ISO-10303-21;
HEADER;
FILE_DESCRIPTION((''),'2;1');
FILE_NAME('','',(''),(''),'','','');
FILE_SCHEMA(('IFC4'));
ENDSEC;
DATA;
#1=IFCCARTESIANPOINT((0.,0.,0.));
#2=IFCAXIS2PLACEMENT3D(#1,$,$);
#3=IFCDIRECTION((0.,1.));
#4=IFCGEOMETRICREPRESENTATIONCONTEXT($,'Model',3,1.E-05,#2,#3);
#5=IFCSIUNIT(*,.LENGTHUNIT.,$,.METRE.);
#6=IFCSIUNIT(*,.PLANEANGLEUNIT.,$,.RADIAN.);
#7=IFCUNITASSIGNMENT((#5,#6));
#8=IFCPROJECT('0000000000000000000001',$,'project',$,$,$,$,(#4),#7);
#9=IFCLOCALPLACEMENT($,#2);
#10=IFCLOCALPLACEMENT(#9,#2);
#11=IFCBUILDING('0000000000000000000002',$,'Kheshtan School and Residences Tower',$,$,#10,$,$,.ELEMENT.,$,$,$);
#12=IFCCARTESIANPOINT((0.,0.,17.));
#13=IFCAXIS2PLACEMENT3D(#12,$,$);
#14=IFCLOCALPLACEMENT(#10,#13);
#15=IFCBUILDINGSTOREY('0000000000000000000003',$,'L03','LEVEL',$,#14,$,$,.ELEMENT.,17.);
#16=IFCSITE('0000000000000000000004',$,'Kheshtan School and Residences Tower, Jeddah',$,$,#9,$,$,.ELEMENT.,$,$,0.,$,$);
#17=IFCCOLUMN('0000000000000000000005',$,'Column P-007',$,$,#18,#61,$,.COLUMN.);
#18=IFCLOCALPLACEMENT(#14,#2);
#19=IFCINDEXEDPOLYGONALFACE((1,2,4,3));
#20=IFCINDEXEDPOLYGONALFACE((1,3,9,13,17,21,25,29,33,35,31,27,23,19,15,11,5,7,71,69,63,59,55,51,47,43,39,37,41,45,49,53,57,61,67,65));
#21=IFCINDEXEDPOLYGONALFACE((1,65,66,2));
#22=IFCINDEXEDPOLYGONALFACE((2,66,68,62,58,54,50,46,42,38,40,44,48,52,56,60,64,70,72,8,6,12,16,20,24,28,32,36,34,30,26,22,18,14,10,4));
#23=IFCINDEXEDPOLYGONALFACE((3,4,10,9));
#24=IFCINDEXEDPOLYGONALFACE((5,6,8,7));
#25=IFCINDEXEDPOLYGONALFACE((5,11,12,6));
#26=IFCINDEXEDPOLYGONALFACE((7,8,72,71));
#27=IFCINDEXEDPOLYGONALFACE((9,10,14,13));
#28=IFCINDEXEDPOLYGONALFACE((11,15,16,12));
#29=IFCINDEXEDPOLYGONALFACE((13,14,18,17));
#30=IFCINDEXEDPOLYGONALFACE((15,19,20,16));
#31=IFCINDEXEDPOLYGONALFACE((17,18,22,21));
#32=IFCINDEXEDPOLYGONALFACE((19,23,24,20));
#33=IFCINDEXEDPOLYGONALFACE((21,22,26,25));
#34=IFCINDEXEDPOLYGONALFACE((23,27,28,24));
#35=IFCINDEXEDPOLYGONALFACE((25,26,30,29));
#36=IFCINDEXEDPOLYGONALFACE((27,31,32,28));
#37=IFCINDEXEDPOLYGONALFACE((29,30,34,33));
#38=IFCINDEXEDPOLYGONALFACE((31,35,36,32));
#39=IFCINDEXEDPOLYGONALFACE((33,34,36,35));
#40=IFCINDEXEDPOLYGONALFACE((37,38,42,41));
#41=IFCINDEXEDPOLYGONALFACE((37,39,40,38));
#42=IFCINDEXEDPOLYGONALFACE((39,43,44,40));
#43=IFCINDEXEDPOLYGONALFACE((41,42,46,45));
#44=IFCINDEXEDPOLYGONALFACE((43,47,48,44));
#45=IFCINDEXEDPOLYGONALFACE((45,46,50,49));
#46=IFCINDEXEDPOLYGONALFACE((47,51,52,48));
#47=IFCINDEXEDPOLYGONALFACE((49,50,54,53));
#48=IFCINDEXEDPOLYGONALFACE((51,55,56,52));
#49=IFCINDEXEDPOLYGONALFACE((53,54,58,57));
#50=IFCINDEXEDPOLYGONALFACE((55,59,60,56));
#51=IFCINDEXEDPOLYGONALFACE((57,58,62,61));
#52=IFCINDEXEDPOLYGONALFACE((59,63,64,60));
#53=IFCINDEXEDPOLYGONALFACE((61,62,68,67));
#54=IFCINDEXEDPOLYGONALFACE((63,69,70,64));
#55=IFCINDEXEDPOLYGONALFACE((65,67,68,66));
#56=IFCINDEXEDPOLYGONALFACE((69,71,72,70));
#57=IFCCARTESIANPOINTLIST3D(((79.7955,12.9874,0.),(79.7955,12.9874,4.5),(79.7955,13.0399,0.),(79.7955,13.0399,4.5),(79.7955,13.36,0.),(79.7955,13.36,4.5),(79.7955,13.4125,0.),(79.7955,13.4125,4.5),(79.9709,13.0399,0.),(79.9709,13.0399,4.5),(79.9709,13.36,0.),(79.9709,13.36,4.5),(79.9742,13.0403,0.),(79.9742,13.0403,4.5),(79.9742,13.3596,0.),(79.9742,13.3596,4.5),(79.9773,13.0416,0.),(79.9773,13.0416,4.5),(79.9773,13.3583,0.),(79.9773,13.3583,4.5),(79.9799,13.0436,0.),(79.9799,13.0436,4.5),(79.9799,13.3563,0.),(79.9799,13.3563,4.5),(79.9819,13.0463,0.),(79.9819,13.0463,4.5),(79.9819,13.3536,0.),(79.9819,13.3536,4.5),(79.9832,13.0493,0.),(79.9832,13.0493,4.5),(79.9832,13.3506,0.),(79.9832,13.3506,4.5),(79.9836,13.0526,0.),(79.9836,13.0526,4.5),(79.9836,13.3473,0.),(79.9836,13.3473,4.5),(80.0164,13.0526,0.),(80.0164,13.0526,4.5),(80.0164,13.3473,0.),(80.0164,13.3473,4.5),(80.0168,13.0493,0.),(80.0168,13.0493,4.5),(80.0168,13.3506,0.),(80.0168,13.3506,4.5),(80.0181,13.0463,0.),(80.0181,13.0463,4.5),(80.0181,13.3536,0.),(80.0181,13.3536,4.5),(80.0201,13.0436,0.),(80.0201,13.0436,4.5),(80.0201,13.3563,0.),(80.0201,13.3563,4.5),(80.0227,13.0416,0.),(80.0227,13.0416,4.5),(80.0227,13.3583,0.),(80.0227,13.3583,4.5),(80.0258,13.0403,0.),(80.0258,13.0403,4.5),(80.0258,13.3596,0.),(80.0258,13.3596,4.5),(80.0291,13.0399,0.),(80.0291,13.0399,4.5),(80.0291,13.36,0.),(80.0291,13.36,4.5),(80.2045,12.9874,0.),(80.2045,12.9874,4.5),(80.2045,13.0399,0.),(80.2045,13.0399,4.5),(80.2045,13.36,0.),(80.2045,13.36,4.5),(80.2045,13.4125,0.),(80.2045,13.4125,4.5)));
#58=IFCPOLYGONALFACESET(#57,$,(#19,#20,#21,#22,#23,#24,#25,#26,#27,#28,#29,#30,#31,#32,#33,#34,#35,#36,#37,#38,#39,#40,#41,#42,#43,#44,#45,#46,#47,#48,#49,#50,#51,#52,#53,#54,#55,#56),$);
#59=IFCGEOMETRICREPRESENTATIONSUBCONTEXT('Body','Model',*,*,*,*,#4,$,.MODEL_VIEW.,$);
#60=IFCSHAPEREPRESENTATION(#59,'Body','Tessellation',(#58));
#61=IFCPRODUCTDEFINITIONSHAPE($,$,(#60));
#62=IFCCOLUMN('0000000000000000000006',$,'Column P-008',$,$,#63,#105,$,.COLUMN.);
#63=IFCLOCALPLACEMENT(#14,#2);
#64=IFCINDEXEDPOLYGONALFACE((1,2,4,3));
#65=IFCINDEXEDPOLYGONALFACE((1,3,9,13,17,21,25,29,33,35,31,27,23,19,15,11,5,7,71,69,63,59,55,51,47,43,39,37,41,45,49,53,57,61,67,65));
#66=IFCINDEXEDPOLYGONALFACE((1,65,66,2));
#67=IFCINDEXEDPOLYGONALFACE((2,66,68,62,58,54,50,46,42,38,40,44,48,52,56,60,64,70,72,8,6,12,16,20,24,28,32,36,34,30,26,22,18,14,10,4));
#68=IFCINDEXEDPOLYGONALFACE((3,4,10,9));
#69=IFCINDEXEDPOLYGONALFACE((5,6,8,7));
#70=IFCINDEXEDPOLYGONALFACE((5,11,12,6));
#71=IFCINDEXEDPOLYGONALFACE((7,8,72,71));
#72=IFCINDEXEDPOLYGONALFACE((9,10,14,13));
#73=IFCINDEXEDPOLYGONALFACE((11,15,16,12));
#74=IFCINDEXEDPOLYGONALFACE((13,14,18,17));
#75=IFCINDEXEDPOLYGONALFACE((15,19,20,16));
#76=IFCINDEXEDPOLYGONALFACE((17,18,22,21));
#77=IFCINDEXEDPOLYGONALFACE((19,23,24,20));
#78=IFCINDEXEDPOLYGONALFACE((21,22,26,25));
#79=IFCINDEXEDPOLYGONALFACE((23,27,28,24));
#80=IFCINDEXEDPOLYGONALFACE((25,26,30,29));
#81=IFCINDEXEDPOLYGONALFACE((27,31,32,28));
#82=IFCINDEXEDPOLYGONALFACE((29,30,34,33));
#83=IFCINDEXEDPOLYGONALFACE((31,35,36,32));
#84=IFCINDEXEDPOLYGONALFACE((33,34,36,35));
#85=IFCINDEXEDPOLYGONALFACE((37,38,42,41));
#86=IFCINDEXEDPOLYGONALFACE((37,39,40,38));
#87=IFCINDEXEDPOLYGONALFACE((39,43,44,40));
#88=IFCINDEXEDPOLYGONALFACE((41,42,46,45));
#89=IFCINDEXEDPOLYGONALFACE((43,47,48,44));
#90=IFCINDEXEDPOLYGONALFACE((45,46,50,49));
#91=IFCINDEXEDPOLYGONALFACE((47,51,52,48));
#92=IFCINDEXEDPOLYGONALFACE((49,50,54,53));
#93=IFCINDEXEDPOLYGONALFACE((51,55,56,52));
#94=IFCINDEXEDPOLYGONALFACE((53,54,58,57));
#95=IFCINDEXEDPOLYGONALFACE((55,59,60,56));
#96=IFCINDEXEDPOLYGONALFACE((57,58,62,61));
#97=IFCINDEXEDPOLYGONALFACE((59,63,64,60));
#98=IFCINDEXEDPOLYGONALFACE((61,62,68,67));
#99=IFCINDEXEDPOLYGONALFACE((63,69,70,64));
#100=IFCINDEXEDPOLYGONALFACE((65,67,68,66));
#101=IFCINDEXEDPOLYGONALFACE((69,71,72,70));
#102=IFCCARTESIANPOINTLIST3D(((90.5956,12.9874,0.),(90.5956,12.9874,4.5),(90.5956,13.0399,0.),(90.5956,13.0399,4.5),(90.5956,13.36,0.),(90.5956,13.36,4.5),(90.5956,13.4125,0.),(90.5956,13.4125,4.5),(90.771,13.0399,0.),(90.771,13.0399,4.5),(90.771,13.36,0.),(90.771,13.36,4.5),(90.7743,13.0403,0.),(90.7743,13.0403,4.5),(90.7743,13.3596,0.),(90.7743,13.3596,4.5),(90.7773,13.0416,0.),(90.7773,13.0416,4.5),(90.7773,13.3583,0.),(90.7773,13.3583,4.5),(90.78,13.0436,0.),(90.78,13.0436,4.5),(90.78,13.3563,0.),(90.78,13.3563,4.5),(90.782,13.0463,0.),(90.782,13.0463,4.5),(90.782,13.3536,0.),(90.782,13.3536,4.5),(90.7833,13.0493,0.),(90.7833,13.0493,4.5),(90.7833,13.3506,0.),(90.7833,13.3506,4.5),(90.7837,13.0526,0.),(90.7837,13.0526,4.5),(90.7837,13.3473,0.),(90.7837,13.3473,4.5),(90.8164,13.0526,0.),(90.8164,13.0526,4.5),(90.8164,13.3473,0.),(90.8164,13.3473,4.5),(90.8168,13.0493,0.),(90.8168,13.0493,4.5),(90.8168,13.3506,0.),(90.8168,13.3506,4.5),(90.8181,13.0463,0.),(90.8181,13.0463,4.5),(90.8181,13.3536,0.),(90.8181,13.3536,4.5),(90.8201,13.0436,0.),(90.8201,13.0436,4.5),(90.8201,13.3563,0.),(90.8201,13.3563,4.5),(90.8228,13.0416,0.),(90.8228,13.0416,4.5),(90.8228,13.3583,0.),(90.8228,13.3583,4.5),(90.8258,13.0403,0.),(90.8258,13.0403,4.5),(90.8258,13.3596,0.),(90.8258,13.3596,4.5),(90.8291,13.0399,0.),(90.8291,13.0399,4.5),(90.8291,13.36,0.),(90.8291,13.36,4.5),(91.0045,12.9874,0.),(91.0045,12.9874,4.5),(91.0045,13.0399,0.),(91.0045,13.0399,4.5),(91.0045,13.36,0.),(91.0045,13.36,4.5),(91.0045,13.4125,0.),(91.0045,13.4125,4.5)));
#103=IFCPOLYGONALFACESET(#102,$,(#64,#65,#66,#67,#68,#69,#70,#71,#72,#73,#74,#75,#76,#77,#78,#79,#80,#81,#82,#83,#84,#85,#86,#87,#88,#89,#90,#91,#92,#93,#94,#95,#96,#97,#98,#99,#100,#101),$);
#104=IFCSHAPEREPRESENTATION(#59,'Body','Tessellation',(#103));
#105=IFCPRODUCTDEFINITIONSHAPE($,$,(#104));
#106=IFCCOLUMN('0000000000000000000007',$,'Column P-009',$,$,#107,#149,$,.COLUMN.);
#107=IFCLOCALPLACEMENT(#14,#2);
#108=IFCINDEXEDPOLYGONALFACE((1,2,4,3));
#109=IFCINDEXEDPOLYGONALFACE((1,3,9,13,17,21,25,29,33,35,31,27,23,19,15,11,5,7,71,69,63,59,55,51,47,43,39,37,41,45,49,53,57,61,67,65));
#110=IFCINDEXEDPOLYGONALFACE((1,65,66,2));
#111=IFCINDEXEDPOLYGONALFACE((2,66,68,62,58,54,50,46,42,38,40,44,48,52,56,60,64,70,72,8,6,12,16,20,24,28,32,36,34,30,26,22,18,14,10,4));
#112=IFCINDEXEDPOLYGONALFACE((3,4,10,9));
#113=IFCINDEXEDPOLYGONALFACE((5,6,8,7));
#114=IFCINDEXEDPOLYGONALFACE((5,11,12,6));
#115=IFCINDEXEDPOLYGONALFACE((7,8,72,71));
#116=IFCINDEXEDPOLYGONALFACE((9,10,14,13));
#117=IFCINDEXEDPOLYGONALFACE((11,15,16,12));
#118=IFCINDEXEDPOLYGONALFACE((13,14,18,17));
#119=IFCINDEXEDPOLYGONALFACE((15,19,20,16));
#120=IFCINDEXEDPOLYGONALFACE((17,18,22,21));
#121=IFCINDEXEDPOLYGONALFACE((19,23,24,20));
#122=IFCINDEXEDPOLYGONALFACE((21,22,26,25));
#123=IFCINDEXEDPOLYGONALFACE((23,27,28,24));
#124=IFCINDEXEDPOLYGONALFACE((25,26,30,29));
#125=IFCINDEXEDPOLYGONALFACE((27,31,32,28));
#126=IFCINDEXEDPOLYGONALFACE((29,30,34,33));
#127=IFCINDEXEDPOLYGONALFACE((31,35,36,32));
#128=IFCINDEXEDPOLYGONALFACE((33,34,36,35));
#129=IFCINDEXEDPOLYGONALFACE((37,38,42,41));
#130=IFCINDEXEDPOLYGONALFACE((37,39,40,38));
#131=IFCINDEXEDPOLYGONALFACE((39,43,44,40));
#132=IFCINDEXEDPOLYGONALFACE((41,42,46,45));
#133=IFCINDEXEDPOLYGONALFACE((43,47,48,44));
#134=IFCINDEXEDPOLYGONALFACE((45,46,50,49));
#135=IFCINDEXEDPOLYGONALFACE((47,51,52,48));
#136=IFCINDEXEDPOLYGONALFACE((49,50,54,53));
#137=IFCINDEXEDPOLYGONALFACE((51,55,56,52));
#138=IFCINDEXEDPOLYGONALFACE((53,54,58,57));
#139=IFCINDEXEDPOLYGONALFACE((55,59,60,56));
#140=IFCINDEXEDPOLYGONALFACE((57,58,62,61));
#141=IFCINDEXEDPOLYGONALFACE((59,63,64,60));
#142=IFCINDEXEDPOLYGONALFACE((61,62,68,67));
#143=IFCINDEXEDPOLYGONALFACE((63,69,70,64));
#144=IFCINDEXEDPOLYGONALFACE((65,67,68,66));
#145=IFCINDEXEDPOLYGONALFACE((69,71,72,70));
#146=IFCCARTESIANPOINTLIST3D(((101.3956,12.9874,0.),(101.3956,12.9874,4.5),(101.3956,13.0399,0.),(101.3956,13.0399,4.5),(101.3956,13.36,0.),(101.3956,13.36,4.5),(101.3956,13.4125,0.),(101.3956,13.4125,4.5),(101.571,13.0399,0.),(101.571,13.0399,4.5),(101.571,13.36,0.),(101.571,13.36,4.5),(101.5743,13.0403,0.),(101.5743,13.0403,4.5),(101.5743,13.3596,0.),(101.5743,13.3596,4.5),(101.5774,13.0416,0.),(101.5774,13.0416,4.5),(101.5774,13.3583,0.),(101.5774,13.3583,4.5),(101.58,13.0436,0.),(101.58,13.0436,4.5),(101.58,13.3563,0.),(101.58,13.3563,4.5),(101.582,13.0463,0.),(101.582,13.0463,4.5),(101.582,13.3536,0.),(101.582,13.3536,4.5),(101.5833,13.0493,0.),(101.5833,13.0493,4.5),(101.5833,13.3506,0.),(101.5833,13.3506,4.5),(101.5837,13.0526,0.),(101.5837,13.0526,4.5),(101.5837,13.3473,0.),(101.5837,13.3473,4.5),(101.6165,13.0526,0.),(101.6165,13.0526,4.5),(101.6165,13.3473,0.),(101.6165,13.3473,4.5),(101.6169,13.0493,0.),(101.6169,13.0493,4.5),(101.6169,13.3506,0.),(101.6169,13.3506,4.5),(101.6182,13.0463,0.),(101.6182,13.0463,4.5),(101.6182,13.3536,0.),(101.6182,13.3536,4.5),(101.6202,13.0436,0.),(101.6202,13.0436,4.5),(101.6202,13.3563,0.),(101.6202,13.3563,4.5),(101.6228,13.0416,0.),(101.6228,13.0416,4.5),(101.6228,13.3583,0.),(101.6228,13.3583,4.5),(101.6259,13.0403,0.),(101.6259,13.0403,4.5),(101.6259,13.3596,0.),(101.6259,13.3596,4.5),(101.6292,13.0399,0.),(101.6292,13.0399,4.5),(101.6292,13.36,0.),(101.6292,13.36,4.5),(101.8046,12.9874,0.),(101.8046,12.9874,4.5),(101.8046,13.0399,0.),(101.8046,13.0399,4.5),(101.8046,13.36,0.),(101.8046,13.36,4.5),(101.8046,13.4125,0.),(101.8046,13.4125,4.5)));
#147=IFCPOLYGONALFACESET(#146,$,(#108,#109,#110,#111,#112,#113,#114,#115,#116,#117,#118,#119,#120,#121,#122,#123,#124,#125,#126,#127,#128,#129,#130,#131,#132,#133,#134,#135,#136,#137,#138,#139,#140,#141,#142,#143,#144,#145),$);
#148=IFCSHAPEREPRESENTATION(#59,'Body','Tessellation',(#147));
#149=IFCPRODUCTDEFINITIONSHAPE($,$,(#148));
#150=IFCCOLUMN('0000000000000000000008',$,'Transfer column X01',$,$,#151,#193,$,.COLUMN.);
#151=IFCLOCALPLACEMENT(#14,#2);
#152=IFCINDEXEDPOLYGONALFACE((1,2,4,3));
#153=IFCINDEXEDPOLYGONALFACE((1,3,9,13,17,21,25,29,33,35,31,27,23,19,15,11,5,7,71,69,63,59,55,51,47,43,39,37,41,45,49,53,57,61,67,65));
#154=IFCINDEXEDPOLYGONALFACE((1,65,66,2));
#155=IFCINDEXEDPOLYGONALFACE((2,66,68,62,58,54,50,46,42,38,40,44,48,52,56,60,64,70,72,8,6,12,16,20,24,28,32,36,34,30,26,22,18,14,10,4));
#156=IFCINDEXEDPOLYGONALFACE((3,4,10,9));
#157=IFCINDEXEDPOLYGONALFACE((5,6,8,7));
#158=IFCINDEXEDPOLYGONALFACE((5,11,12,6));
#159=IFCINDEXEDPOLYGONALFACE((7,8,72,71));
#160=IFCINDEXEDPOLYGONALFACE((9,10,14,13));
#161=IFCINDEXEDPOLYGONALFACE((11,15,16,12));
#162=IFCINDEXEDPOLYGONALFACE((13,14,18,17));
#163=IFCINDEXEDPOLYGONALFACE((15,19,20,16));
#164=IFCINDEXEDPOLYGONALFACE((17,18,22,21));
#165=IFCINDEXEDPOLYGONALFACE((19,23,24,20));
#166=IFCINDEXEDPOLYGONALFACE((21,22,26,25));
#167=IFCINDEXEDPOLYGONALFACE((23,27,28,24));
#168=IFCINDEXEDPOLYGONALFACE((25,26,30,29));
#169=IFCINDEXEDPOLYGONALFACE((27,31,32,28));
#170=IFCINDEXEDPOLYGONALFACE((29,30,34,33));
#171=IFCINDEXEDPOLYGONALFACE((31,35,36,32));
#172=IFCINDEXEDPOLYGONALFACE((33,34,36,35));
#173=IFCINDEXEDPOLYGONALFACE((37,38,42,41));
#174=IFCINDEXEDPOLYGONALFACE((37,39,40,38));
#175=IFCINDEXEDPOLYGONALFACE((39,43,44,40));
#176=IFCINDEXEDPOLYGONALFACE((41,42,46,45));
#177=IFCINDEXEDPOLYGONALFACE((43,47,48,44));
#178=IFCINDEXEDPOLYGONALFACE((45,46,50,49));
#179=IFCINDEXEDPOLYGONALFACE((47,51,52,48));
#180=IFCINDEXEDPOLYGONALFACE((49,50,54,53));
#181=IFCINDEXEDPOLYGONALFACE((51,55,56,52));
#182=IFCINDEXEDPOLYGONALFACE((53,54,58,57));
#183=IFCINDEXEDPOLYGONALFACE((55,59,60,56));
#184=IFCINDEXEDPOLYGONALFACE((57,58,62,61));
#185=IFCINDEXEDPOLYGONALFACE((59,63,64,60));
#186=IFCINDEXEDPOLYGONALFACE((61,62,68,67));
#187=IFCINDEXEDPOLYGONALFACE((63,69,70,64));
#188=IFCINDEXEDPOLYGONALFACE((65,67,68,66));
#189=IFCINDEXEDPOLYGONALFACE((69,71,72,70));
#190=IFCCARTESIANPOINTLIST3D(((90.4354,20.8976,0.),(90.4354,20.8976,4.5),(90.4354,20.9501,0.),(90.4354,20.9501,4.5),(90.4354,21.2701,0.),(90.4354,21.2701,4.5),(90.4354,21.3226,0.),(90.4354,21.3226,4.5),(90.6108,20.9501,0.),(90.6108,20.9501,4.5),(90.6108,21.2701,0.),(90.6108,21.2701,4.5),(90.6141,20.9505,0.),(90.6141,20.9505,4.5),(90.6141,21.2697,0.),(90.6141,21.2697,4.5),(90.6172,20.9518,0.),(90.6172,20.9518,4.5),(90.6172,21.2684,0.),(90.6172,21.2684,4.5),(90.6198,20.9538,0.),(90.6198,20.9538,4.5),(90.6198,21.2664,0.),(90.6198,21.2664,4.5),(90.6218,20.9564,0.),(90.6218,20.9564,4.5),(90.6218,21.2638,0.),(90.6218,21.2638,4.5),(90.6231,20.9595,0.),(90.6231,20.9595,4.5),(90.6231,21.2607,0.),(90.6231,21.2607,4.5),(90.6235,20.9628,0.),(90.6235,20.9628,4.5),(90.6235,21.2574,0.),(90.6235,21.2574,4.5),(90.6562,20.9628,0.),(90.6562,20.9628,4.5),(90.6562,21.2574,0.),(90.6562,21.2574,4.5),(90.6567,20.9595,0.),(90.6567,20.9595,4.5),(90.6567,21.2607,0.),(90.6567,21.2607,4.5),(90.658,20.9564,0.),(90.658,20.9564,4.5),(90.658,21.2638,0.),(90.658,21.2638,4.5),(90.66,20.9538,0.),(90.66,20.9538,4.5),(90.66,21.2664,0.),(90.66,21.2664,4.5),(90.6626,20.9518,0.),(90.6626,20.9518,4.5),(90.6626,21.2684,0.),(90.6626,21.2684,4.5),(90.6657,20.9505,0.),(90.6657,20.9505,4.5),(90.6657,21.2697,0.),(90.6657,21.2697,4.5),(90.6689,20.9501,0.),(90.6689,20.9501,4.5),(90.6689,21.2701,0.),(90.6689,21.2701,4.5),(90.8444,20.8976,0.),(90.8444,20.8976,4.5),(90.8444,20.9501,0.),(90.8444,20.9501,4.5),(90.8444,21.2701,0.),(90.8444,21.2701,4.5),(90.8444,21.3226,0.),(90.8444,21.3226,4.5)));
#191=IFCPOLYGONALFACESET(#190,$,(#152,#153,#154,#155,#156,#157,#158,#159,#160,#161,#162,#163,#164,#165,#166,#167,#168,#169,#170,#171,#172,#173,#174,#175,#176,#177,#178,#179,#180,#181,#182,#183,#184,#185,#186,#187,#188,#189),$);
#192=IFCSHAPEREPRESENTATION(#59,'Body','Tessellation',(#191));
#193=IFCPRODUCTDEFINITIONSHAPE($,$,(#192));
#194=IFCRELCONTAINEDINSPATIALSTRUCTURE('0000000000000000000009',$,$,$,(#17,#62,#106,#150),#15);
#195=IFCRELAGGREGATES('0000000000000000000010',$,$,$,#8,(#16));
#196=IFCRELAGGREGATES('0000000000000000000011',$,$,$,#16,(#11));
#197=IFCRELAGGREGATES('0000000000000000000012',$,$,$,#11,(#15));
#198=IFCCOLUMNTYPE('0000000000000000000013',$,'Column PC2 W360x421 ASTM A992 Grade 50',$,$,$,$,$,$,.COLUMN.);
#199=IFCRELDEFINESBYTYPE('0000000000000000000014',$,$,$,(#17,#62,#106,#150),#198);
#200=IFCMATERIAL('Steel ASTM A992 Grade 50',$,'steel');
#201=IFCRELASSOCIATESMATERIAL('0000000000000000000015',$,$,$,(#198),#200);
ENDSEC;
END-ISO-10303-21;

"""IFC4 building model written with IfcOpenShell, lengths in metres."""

from ifc_helpers import new_model, si_unit, direction, frame, origin, origin_2d, place, context, subcontext, project, spatial, i_section, extrude, material, material_profile, profile_set, type_object, element, save


model = new_model("IFC4")

# Units and contexts
model_context = context("Model", 3, precision=1e-05, world=origin(), true_north=direction((0.0, 1.0)))
body_context = subcontext(model_context, "Body", "Model", "MODEL_VIEW")
ifc_project = project(units=[si_unit("LENGTHUNIT", "METRE"), si_unit("PLANEANGLEUNIT", "RADIAN")], contexts=[model_context])

# Site, building, storey
site_placement = place(None, origin())
site = spatial("IfcSite", under=ifc_project, at=site_placement, Name="Kheshtan School and Residences Tower, Jeddah", CompositionType="ELEMENT", RefElevation=0.0)
building_placement = place(site_placement, origin())
building = spatial("IfcBuilding", under=site, at=building_placement, Name="Kheshtan School and Residences Tower", CompositionType="ELEMENT")
storey_placement = place(building_placement, frame((0.0, 0.0, 17.0)))
storey = spatial("IfcBuildingStorey", under=building, at=storey_placement, Name="L03", Description="LEVEL", CompositionType="ELEMENT", Elevation=17.0)

# Columns
ifc_material_1 = material(Name="Steel ASTM A992 Grade 50", Category="steel")
ifc_material_profile_1 = material_profile(ifc_material_1, i_section(OverallWidth=0.4089, OverallDepth=0.425, WebThickness=0.0327, FlangeThickness=0.0525, FilletRadius=0.0127, at=origin_2d()), Name="W360x421")
ifc_profile_set_1 = profile_set([ifc_material_profile_1], Name="Steel ASTM A992 Grade 50")
column_type = type_object("IfcColumnType", Name="Column PC2 W360x421 ASTM A992 Grade 50", PredefinedType="COLUMN", material=ifc_profile_set_1)
for number, where, z_axis, x_axis, name in (
    (1, (80.0, 13.2, 0.0), (0.0, 0.0, 1.0), (1.0, 0.0, 0.0), "Column P-007"),
    (2, (90.8, 13.2, 0.0), (0.0, 0.0, 1.0), (1.0, 0.0, 0.0), "Column P-008"),
    (3, (101.6001, 13.2, 0.0), (0.0, 0.0, 1.0), (1.0, 0.0, 0.0), "Column P-009"),
    (4, (90.6399, 21.1101, 0.0), (0.0, 0.0, 1.0), (1.0, 0.0, 0.0), "Transfer column X01"),
):
    element("IfcColumn", number, at=place(storey_placement, frame(where, z_axis=z_axis, x_axis=x_axis)), inside=storey, type_object=column_type, Name=name, PredefinedType="COLUMN", context=body_context, shape_type="SweptSolid", body=[
        extrude(i_section(OverallWidth=0.4089, OverallDepth=0.425, WebThickness=0.0327, FlangeThickness=0.0525, FilletRadius=0.0127, at=origin_2d()), origin(), (0.0, 0.0, 1.0), 4.5),
    ])

save(model, "model.ifc")
